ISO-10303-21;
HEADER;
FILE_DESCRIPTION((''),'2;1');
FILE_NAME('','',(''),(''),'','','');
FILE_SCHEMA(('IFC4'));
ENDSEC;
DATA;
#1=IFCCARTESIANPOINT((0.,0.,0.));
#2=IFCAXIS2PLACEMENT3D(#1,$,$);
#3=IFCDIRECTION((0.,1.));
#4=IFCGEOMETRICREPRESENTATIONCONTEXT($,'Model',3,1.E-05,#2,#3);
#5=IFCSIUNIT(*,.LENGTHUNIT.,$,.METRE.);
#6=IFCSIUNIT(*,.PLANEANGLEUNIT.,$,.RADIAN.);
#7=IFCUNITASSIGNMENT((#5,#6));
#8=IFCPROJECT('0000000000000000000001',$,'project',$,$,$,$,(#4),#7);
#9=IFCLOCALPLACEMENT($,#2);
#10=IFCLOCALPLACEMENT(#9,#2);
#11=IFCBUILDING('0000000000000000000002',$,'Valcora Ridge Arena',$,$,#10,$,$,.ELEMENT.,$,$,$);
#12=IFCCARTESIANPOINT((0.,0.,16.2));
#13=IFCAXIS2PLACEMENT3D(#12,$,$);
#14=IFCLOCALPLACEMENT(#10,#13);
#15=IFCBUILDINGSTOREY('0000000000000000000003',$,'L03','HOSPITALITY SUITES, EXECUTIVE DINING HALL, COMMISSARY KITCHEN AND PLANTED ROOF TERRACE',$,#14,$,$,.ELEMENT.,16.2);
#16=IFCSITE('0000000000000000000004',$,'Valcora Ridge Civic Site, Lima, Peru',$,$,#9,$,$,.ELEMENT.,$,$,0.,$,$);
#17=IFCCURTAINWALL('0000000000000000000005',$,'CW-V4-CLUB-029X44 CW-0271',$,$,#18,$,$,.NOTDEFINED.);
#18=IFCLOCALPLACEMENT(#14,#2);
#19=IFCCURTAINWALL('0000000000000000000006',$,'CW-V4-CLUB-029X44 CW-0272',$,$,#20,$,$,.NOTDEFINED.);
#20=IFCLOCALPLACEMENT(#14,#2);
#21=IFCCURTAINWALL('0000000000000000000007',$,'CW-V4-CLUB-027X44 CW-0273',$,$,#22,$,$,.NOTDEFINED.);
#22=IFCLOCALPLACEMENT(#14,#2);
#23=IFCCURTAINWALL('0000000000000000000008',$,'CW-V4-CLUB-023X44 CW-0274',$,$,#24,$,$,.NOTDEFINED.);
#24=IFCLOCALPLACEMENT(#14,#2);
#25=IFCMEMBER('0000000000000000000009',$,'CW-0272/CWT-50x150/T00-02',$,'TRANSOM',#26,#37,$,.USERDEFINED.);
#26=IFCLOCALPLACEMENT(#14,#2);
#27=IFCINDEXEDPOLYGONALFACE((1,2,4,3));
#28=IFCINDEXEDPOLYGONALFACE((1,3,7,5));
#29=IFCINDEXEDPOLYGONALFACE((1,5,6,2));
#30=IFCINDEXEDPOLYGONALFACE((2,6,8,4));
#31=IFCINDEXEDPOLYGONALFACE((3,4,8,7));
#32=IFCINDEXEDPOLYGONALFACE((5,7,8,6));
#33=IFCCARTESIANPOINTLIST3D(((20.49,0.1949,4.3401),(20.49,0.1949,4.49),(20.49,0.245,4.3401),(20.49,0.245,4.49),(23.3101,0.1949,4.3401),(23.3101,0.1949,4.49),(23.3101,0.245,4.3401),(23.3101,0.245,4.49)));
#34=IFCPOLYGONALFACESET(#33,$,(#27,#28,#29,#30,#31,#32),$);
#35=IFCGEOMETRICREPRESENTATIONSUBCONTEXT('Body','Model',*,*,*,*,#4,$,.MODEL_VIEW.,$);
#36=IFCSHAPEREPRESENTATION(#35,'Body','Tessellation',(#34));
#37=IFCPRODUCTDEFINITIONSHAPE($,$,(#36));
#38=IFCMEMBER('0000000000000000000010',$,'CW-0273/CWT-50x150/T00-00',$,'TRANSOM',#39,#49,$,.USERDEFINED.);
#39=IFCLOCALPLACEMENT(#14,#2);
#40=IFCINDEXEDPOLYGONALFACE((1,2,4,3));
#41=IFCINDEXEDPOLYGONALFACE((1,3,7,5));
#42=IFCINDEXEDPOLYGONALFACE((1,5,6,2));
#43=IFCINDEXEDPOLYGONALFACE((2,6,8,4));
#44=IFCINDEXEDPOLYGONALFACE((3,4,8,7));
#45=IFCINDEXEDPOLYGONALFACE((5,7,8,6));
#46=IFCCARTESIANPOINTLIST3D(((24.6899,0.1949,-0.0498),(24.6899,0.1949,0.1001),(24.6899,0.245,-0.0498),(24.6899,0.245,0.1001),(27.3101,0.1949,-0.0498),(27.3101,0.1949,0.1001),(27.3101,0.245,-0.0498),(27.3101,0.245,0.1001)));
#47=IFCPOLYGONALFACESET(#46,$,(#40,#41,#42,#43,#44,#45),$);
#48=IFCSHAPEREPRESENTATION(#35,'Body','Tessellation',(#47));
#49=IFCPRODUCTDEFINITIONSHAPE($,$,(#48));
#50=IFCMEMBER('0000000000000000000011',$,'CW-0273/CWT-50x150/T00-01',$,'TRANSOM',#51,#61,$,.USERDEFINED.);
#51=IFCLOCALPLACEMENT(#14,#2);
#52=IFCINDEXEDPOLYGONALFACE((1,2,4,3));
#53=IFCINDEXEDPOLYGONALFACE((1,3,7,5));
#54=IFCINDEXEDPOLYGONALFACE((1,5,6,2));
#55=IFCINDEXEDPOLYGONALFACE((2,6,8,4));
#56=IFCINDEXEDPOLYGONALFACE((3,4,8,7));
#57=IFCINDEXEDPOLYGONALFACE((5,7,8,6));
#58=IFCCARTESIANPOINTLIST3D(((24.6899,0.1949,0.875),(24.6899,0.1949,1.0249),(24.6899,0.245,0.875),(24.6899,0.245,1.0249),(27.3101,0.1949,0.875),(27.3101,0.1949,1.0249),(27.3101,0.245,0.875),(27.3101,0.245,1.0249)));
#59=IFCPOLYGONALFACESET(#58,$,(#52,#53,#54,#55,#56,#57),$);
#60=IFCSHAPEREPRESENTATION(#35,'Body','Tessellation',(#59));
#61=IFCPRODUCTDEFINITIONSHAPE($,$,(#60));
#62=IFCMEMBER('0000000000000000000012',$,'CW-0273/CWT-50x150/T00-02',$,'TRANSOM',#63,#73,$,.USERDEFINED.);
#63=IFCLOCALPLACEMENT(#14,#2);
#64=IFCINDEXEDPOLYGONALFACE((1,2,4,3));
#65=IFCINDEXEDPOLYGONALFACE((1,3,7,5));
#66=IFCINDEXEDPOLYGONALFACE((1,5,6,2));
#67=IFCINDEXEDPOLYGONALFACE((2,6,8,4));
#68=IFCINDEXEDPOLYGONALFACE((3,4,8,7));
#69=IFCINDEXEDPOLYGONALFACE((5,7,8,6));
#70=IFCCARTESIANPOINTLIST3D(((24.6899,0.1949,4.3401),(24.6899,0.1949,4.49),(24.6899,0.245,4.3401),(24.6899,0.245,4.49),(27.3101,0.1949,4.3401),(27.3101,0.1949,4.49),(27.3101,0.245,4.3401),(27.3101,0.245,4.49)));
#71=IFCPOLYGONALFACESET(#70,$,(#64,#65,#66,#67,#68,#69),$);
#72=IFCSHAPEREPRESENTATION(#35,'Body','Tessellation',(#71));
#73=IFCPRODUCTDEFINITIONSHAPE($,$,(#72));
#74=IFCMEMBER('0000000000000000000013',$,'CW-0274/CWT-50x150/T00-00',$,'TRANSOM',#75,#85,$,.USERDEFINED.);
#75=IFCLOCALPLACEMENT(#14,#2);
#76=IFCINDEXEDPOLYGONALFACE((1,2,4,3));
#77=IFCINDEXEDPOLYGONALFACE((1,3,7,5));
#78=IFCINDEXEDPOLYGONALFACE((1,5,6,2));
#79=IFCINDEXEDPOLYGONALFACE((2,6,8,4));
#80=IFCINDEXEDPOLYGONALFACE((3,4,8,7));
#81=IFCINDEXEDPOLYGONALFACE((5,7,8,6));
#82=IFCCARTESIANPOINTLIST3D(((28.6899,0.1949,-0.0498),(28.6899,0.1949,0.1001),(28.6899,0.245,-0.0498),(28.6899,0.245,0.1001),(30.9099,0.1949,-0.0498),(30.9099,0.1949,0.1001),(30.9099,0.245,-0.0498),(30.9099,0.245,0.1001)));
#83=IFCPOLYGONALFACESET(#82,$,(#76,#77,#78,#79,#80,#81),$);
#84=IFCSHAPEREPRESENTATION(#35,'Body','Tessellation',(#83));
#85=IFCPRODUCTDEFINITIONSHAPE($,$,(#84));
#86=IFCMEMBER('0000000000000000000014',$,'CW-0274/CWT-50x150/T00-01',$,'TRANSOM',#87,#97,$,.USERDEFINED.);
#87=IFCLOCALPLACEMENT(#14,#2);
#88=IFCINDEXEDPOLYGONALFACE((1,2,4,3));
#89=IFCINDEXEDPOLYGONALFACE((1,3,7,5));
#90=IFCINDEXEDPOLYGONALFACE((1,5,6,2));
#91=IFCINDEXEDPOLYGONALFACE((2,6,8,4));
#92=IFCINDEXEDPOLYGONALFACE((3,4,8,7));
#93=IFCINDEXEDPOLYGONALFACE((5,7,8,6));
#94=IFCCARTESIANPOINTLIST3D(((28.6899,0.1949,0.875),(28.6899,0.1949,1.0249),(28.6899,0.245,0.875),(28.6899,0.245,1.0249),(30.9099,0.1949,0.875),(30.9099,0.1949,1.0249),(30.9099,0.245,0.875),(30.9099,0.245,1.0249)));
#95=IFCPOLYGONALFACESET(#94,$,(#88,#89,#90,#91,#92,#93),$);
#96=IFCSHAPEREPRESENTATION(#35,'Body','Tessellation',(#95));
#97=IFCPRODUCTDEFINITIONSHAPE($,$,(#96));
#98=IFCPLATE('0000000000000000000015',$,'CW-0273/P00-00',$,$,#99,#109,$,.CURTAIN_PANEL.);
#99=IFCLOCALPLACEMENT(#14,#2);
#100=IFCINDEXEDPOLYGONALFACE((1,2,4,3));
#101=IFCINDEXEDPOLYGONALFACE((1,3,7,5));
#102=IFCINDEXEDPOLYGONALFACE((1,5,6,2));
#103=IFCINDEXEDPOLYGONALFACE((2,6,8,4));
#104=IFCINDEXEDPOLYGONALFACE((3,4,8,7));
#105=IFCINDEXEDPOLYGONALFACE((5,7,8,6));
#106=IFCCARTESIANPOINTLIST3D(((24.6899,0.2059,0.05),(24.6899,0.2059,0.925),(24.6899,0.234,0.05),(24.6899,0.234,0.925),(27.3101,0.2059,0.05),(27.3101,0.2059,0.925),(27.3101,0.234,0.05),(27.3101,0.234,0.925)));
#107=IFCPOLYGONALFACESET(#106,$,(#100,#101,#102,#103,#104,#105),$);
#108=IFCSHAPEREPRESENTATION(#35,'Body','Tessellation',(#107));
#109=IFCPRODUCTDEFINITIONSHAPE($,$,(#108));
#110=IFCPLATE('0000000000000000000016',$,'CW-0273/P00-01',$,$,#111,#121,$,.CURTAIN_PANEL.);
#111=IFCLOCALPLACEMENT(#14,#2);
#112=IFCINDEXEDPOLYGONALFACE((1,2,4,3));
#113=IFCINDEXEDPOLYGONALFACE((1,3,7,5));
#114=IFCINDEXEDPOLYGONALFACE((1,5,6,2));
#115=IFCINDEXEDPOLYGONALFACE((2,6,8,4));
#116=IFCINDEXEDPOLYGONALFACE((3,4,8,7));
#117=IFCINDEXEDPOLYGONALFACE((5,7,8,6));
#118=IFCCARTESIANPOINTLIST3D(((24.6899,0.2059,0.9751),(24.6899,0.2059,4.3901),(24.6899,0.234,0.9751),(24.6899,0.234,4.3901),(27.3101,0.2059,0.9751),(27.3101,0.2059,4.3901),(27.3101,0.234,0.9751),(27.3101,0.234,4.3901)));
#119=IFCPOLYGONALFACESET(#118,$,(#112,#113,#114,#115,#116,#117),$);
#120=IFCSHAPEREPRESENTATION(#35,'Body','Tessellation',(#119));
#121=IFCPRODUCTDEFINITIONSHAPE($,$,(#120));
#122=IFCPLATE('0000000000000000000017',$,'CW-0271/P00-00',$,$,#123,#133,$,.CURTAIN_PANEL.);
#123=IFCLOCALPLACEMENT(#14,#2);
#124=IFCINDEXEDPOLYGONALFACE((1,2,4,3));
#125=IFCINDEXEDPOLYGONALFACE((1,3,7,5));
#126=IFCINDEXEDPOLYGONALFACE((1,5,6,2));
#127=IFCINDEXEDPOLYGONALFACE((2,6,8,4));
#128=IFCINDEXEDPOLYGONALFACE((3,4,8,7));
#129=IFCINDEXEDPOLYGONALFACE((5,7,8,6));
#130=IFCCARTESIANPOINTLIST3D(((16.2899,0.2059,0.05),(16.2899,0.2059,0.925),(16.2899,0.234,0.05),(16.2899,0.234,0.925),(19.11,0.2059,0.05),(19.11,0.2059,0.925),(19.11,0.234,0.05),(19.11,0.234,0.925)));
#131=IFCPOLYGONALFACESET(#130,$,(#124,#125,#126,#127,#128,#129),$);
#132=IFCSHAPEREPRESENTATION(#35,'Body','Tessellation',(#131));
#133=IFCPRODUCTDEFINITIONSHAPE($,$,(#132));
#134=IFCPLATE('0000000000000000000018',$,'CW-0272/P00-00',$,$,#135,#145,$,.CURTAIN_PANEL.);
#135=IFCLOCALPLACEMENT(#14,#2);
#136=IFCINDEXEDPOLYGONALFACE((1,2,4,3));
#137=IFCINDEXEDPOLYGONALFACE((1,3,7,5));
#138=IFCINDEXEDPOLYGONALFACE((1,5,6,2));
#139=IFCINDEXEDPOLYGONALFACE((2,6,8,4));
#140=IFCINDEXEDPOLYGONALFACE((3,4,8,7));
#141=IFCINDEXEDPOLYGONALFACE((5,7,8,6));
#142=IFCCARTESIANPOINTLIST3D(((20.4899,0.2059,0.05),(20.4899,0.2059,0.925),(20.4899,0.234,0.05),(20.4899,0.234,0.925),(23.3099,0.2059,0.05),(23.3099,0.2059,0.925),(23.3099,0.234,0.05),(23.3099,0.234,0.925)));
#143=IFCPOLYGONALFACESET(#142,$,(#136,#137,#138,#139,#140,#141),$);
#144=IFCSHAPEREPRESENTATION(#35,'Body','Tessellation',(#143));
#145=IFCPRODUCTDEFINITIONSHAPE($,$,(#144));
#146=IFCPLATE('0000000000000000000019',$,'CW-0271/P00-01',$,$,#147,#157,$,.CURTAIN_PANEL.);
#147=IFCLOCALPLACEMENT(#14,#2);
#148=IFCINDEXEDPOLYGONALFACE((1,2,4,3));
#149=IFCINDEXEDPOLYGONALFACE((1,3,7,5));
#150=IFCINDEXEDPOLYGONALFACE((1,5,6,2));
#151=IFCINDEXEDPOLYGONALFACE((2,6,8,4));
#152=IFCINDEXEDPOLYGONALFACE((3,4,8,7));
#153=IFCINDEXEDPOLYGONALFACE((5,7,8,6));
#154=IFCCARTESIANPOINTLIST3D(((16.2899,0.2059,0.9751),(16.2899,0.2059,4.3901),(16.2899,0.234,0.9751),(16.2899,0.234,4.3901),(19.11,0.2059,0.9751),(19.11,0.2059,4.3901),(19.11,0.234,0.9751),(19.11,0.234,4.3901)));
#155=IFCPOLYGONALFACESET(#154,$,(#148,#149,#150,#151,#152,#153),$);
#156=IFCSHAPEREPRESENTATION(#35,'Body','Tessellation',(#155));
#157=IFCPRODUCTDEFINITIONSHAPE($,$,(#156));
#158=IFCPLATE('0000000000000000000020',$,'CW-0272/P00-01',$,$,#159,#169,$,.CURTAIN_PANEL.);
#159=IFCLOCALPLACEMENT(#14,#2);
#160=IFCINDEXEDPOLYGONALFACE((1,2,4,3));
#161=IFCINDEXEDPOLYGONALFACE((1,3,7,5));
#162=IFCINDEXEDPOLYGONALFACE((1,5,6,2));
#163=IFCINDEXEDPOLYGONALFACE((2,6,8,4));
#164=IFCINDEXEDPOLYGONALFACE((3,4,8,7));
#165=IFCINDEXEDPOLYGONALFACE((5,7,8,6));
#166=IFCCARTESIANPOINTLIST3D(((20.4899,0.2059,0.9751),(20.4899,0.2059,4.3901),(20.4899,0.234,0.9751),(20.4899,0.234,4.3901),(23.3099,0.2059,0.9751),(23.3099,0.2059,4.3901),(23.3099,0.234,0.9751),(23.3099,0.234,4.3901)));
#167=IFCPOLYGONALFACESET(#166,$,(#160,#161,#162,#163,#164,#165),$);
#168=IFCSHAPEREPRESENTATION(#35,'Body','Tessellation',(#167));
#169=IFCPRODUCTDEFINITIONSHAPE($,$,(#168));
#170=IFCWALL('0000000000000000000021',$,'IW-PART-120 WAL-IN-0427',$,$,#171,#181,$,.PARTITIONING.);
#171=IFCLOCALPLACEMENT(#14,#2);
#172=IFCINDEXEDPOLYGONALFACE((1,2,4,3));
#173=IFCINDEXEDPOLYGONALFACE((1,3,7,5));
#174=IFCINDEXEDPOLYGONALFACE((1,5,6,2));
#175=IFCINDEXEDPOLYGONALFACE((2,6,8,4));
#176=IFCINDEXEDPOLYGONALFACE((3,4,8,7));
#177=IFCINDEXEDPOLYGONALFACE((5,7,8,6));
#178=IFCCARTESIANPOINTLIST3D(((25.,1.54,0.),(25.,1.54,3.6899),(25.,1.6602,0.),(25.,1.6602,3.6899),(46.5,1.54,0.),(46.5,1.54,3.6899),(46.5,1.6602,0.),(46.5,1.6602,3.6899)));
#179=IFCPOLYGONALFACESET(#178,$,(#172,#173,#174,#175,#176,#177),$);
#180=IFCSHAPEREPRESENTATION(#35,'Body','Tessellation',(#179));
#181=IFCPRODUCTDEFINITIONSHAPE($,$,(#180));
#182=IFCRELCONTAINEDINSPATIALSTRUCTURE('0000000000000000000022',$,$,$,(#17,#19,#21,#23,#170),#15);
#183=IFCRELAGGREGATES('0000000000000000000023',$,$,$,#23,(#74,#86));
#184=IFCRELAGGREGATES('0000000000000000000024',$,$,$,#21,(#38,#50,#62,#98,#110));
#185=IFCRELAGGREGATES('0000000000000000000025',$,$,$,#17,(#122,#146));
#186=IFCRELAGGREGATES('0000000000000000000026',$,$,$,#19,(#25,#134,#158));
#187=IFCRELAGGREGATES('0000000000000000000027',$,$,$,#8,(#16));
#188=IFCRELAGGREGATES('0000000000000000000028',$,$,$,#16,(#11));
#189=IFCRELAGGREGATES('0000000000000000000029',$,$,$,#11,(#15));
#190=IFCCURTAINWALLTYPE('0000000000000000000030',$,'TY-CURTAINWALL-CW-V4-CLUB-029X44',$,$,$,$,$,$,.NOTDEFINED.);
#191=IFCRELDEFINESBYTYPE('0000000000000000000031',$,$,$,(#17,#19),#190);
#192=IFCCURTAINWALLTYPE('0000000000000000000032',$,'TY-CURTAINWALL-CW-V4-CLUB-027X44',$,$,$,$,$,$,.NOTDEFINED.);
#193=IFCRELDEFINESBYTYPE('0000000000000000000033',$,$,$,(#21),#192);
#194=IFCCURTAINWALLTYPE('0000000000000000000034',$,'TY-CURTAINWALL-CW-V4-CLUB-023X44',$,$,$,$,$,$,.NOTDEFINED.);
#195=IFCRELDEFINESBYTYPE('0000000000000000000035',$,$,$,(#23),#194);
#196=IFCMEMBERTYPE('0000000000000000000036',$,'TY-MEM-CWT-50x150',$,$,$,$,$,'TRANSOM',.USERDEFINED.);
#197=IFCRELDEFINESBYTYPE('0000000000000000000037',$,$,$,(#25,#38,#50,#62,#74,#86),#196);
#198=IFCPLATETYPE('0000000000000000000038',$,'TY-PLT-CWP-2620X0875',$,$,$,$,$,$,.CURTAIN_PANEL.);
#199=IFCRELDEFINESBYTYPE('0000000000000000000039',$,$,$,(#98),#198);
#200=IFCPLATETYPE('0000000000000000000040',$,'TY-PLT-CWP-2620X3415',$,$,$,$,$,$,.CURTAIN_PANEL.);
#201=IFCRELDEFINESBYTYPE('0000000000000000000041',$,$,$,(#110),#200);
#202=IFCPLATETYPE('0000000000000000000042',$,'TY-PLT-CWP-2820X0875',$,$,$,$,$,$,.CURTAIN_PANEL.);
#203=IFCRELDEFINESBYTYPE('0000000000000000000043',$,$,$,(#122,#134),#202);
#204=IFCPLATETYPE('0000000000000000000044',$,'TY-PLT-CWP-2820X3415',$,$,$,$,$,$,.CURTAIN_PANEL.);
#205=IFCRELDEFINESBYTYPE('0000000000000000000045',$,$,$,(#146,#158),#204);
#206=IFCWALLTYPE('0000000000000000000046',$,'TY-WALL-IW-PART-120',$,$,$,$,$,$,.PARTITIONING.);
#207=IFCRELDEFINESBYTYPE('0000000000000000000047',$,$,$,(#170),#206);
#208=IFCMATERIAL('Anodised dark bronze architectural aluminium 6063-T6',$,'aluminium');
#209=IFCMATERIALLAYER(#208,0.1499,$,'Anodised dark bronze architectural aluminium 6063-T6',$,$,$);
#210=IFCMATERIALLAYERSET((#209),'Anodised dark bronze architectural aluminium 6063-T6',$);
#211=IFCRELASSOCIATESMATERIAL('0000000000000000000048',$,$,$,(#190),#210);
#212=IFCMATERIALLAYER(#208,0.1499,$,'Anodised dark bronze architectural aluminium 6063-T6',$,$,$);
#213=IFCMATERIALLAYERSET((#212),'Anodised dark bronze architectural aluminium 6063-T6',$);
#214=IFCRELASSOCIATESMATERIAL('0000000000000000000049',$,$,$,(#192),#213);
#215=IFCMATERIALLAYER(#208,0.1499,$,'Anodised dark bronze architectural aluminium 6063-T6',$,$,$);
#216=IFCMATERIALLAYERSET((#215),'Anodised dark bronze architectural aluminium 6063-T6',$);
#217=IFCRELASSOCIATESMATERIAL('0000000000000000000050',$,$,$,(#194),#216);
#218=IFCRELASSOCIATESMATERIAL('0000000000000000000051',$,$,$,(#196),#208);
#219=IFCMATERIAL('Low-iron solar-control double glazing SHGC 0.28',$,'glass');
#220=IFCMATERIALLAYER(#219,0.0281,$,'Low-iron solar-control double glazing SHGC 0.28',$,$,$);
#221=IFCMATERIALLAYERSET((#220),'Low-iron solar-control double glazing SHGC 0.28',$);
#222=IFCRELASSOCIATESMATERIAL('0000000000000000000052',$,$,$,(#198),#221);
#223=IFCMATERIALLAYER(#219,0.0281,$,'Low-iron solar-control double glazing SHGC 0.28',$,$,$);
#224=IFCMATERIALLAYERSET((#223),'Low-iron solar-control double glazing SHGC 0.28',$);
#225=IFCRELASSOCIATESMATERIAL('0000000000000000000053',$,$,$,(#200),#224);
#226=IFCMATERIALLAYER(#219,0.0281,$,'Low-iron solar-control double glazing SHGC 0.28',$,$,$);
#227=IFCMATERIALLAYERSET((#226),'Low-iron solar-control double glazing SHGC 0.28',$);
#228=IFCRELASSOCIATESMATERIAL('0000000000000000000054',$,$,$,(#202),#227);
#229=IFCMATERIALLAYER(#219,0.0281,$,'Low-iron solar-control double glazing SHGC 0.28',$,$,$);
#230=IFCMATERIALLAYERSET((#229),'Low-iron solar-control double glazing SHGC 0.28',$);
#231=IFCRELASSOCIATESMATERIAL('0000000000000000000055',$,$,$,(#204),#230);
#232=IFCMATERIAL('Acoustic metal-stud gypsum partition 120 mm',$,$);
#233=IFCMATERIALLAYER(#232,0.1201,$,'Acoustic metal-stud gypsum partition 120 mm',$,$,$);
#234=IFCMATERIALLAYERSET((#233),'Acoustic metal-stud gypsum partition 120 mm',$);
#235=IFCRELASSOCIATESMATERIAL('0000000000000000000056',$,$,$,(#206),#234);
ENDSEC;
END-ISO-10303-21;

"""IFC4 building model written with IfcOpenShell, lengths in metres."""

from ifc_helpers import new_model, si_unit, direction, frame, frame_2d, origin, origin_2d, place, context, subcontext, project, spatial, rectangle, extrude, material, layer, layer_set, material_profile, profile_set, type_object, element, aggregate, save


model = new_model("IFC4")

# Units and contexts
model_context = context("Model", 3, precision=1e-05, world=origin(), true_north=direction((0.0, 1.0)))
body_context = subcontext(model_context, "Body", "Model", "MODEL_VIEW")
ifc_project = project(units=[si_unit("LENGTHUNIT", "METRE"), si_unit("PLANEANGLEUNIT", "RADIAN")], contexts=[model_context])

# Site, building, storey
site_placement = place(None, origin())
site = spatial("IfcSite", under=ifc_project, at=site_placement, Name="Valcora Ridge Civic Site, Lima, Peru", CompositionType="ELEMENT", RefElevation=0.0)
building_placement = place(site_placement, origin())
building = spatial("IfcBuilding", under=site, at=building_placement, Name="Valcora Ridge Arena", CompositionType="ELEMENT")
storey_placement = place(building_placement, frame((0.0, 0.0, 16.2)))
storey = spatial("IfcBuildingStorey", under=building, at=storey_placement, Name="L03", Description="HOSPITALITY SUITES, EXECUTIVE DINING HALL, COMMISSARY KITCHEN AND PLANTED ROOF TERRACE", CompositionType="ELEMENT", Elevation=16.2)

# Curtain wall
ifc_material_1 = material(Name="Anodised dark bronze architectural aluminium 6063-T6", Category="aluminium")
ifc_layer_1 = layer(ifc_material_1, 0.1499, Name="Anodised dark bronze architectural aluminium 6063-T6")
ifc_layer_set_1 = layer_set([ifc_layer_1], Name="Anodised dark bronze architectural aluminium 6063-T6")
curtain_wall_type_1 = type_object("IfcCurtainWallType", Name="TY-CURTAINWALL-CW-V4-CLUB-029X44", PredefinedType="NOTDEFINED", material=ifc_layer_set_1)
curtain_wall_1_placement = place(storey_placement, origin())
curtain_wall_1 = element("IfcCurtainWall", 1, at=curtain_wall_1_placement, inside=storey, type_object=curtain_wall_type_1, Name="CW-V4-CLUB-029X44 CW-0271", PredefinedType="NOTDEFINED")

# Curtain walls
curtain_wall_2_placement = place(storey_placement, origin())
curtain_wall_2 = element("IfcCurtainWall", 2, at=curtain_wall_2_placement, inside=storey, type_object=curtain_wall_type_1, Name="CW-V4-CLUB-029X44 CW-0272", PredefinedType="NOTDEFINED")
ifc_layer_2 = layer(ifc_material_1, 0.1499, Name="Anodised dark bronze architectural aluminium 6063-T6")
ifc_layer_set_2 = layer_set([ifc_layer_2], Name="Anodised dark bronze architectural aluminium 6063-T6")
curtain_wall_type_2 = type_object("IfcCurtainWallType", Name="TY-CURTAINWALL-CW-V4-CLUB-027X44", PredefinedType="NOTDEFINED", material=ifc_layer_set_2)
curtain_wall_3_placement = place(storey_placement, origin())
curtain_wall_3 = element("IfcCurtainWall", 3, at=curtain_wall_3_placement, inside=storey, type_object=curtain_wall_type_2, Name="CW-V4-CLUB-027X44 CW-0273", PredefinedType="NOTDEFINED")

# Curtain wall
ifc_layer_3 = layer(ifc_material_1, 0.1499, Name="Anodised dark bronze architectural aluminium 6063-T6")
ifc_layer_set_3 = layer_set([ifc_layer_3], Name="Anodised dark bronze architectural aluminium 6063-T6")
curtain_wall_type_3 = type_object("IfcCurtainWallType", Name="TY-CURTAINWALL-CW-V4-CLUB-023X44", PredefinedType="NOTDEFINED", material=ifc_layer_set_3)
curtain_wall_4_placement = place(storey_placement, origin())
curtain_wall_4 = element("IfcCurtainWall", 4, at=curtain_wall_4_placement, inside=storey, type_object=curtain_wall_type_3, Name="CW-V4-CLUB-023X44 CW-0274", PredefinedType="NOTDEFINED")

# Members
ifc_material_profile_1 = material_profile(ifc_material_1, rectangle(XDim=0.05, YDim=0.1499, at=origin_2d()), Name="ALU TRANSOM 50x150")
ifc_profile_set_1 = profile_set([ifc_material_profile_1], Name="Anodised dark bronze architectural aluminium 6063-T6")
member_type_1 = type_object("IfcMemberType", Name="TY-MEM-CWT-50x150", ElementType="TRANSOM", PredefinedType="USERDEFINED", material=ifc_profile_set_1)
member_1_placement = place(storey_placement, frame((20.49, 0.22, 4.415), z_axis=(1.0, 0.0, 0.0), x_axis=(0.0, 1.0, 0.0)))
member_1 = element("IfcMember", 5, at=member_1_placement, type_object=member_type_1, Name="CW-0272/CWT-50x150/T00-02", ObjectType="TRANSOM", PredefinedType="USERDEFINED", context=body_context, shape_type="SweptSolid", body=[
    extrude(rectangle(XDim=0.05, YDim=0.1499, at=origin_2d()), origin(), (0.0, 0.0, 1.0), 2.8201),
])
member_2_placement = place(storey_placement, frame((24.6899, 0.22, 0.0251), z_axis=(1.0, 0.0, 0.0), x_axis=(0.0, 1.0, 0.0)))
member_2 = element("IfcMember", 6, at=member_2_placement, type_object=member_type_1, Name="CW-0273/CWT-50x150/T00-00", ObjectType="TRANSOM", PredefinedType="USERDEFINED", context=body_context, shape_type="SweptSolid", body=[
    extrude(rectangle(XDim=0.05, YDim=0.1499, at=origin_2d()), origin(), (0.0, 0.0, 1.0), 2.6201),
])
member_3_placement = place(storey_placement, frame((24.6899, 0.22, 0.95), z_axis=(1.0, 0.0, 0.0), x_axis=(0.0, 1.0, 0.0)))
member_3 = element("IfcMember", 7, at=member_3_placement, type_object=member_type_1, Name="CW-0273/CWT-50x150/T00-01", ObjectType="TRANSOM", PredefinedType="USERDEFINED", context=body_context, shape_type="SweptSolid", body=[
    extrude(rectangle(XDim=0.05, YDim=0.1499, at=origin_2d()), origin(), (0.0, 0.0, 1.0), 2.6201),
])
member_4_placement = place(storey_placement, frame((24.6899, 0.22, 4.415), z_axis=(1.0, 0.0, 0.0), x_axis=(0.0, 1.0, 0.0)))
member_4 = element("IfcMember", 8, at=member_4_placement, type_object=member_type_1, Name="CW-0273/CWT-50x150/T00-02", ObjectType="TRANSOM", PredefinedType="USERDEFINED", context=body_context, shape_type="SweptSolid", body=[
    extrude(rectangle(XDim=0.05, YDim=0.1499, at=origin_2d()), origin(), (0.0, 0.0, 1.0), 2.6201),
])
member_5_placement = place(storey_placement, frame((28.6899, 0.22, 0.0251), z_axis=(1.0, 0.0, 0.0), x_axis=(0.0, 1.0, 0.0)))
member_5 = element("IfcMember", 9, at=member_5_placement, type_object=member_type_1, Name="CW-0274/CWT-50x150/T00-00", ObjectType="TRANSOM", PredefinedType="USERDEFINED", context=body_context, shape_type="SweptSolid", body=[
    extrude(rectangle(XDim=0.05, YDim=0.1499, at=origin_2d()), origin(), (0.0, 0.0, 1.0), 2.22),
])
member_6_placement = place(storey_placement, frame((28.6899, 0.22, 0.95), z_axis=(1.0, 0.0, 0.0), x_axis=(0.0, 1.0, 0.0)))
member_6 = element("IfcMember", 10, at=member_6_placement, type_object=member_type_1, Name="CW-0274/CWT-50x150/T00-01", ObjectType="TRANSOM", PredefinedType="USERDEFINED", context=body_context, shape_type="SweptSolid", body=[
    extrude(rectangle(XDim=0.05, YDim=0.1499, at=origin_2d()), origin(), (0.0, 0.0, 1.0), 2.22),
])
aggregate(curtain_wall_4, [member_5, member_6])

# Plates
ifc_material_2 = material(Name="Low-iron solar-control double glazing SHGC 0.28", Category="glass")
ifc_layer_4 = layer(ifc_material_2, 0.0281, Name="Low-iron solar-control double glazing SHGC 0.28")
ifc_layer_set_4 = layer_set([ifc_layer_4], Name="Low-iron solar-control double glazing SHGC 0.28")
plate_type_1 = type_object("IfcPlateType", Name="TY-PLT-CWP-2620X0875", PredefinedType="CURTAIN_PANEL", material=ifc_layer_set_4)
plate_1_placement = place(storey_placement, frame((26.0, 0.22, 0.05), z_axis=(0.0, 0.0, 1.0), x_axis=(1.0, 0.0, 0.0)))
plate_1 = element("IfcPlate", 11, at=plate_1_placement, type_object=plate_type_1, Name="CW-0273/P00-00", PredefinedType="CURTAIN_PANEL", context=body_context, shape_type="SweptSolid", body=[
    extrude(rectangle(XDim=2.6201, YDim=0.0281, at=origin_2d()), origin(), (0.0, 0.0, 1.0), 0.875),
])
ifc_layer_5 = layer(ifc_material_2, 0.0281, Name="Low-iron solar-control double glazing SHGC 0.28")
ifc_layer_set_5 = layer_set([ifc_layer_5], Name="Low-iron solar-control double glazing SHGC 0.28")
plate_type_2 = type_object("IfcPlateType", Name="TY-PLT-CWP-2620X3415", PredefinedType="CURTAIN_PANEL", material=ifc_layer_set_5)
plate_2_placement = place(storey_placement, frame((26.0, 0.22, 0.9751), z_axis=(0.0, 0.0, 1.0), x_axis=(1.0, 0.0, 0.0)))
plate_2 = element("IfcPlate", 12, at=plate_2_placement, type_object=plate_type_2, Name="CW-0273/P00-01", PredefinedType="CURTAIN_PANEL", context=body_context, shape_type="SweptSolid", body=[
    extrude(rectangle(XDim=2.6201, YDim=0.0281, at=origin_2d()), origin(), (0.0, 0.0, 1.0), 3.415),
])
aggregate(curtain_wall_3, [member_2, member_3, member_4, plate_1, plate_2])
ifc_layer_6 = layer(ifc_material_2, 0.0281, Name="Low-iron solar-control double glazing SHGC 0.28")
ifc_layer_set_6 = layer_set([ifc_layer_6], Name="Low-iron solar-control double glazing SHGC 0.28")
plate_type_3 = type_object("IfcPlateType", Name="TY-PLT-CWP-2820X0875", PredefinedType="CURTAIN_PANEL", material=ifc_layer_set_6)
plate_3_placement = place(storey_placement, frame((17.7, 0.22, 0.05), z_axis=(0.0, 0.0, 1.0), x_axis=(1.0, 0.0, 0.0)))
plate_3 = element("IfcPlate", 13, at=plate_3_placement, type_object=plate_type_3, Name="CW-0271/P00-00", PredefinedType="CURTAIN_PANEL", context=body_context, shape_type="SweptSolid", body=[
    extrude(rectangle(XDim=2.8201, YDim=0.0281, at=origin_2d()), origin(), (0.0, 0.0, 1.0), 0.875),
])
plate_4_placement = place(storey_placement, frame((21.8999, 0.22, 0.05), z_axis=(0.0, 0.0, 1.0), x_axis=(1.0, 0.0, 0.0)))
plate_4 = element("IfcPlate", 14, at=plate_4_placement, type_object=plate_type_3, Name="CW-0272/P00-00", PredefinedType="CURTAIN_PANEL", context=body_context, shape_type="SweptSolid", body=[
    extrude(rectangle(XDim=2.8201, YDim=0.0281, at=origin_2d()), origin(), (0.0, 0.0, 1.0), 0.875),
])
ifc_layer_7 = layer(ifc_material_2, 0.0281, Name="Low-iron solar-control double glazing SHGC 0.28")
ifc_layer_set_7 = layer_set([ifc_layer_7], Name="Low-iron solar-control double glazing SHGC 0.28")
plate_type_4 = type_object("IfcPlateType", Name="TY-PLT-CWP-2820X3415", PredefinedType="CURTAIN_PANEL", material=ifc_layer_set_7)
plate_5_placement = place(storey_placement, frame((17.7, 0.22, 0.9751), z_axis=(0.0, 0.0, 1.0), x_axis=(1.0, 0.0, 0.0)))
plate_5 = element("IfcPlate", 15, at=plate_5_placement, type_object=plate_type_4, Name="CW-0271/P00-01", PredefinedType="CURTAIN_PANEL", context=body_context, shape_type="SweptSolid", body=[
    extrude(rectangle(XDim=2.8201, YDim=0.0281, at=origin_2d()), origin(), (0.0, 0.0, 1.0), 3.415),
])
aggregate(curtain_wall_1, [plate_3, plate_5])
plate_6_placement = place(storey_placement, frame((21.8999, 0.22, 0.9751), z_axis=(0.0, 0.0, 1.0), x_axis=(1.0, 0.0, 0.0)))
plate_6 = element("IfcPlate", 16, at=plate_6_placement, type_object=plate_type_4, Name="CW-0272/P00-01", PredefinedType="CURTAIN_PANEL", context=body_context, shape_type="SweptSolid", body=[
    extrude(rectangle(XDim=2.8201, YDim=0.0281, at=origin_2d()), origin(), (0.0, 0.0, 1.0), 3.415),
])
aggregate(curtain_wall_2, [member_1, plate_4, plate_6])

# Wall
ifc_material_3 = material(Name="Acoustic metal-stud gypsum partition 120 mm")
ifc_layer_8 = layer(ifc_material_3, 0.1201, Name="Acoustic metal-stud gypsum partition 120 mm")
ifc_layer_set_8 = layer_set([ifc_layer_8], Name="Acoustic metal-stud gypsum partition 120 mm")
wall_type_1 = type_object("IfcWallType", Name="TY-WALL-IW-PART-120", PredefinedType="PARTITIONING", material=ifc_layer_set_8)
wall_1_placement = place(storey_placement, frame((25.0, 1.6001, 0.0), z_axis=(0.0, 0.0, 1.0), x_axis=(1.0, 0.0, 0.0)))
element("IfcWall", 17, at=wall_1_placement, inside=storey, type_object=wall_type_1, Name="IW-PART-120 WAL-IN-0427", PredefinedType="PARTITIONING", context=body_context, shape_type="SweptSolid", body=[
    extrude(rectangle(XDim=21.5, YDim=0.1201, at=frame_2d((10.75, 0.0))), origin(), (0.0, 0.0, 1.0), 3.6899),
])

save(model, "model.ifc")
